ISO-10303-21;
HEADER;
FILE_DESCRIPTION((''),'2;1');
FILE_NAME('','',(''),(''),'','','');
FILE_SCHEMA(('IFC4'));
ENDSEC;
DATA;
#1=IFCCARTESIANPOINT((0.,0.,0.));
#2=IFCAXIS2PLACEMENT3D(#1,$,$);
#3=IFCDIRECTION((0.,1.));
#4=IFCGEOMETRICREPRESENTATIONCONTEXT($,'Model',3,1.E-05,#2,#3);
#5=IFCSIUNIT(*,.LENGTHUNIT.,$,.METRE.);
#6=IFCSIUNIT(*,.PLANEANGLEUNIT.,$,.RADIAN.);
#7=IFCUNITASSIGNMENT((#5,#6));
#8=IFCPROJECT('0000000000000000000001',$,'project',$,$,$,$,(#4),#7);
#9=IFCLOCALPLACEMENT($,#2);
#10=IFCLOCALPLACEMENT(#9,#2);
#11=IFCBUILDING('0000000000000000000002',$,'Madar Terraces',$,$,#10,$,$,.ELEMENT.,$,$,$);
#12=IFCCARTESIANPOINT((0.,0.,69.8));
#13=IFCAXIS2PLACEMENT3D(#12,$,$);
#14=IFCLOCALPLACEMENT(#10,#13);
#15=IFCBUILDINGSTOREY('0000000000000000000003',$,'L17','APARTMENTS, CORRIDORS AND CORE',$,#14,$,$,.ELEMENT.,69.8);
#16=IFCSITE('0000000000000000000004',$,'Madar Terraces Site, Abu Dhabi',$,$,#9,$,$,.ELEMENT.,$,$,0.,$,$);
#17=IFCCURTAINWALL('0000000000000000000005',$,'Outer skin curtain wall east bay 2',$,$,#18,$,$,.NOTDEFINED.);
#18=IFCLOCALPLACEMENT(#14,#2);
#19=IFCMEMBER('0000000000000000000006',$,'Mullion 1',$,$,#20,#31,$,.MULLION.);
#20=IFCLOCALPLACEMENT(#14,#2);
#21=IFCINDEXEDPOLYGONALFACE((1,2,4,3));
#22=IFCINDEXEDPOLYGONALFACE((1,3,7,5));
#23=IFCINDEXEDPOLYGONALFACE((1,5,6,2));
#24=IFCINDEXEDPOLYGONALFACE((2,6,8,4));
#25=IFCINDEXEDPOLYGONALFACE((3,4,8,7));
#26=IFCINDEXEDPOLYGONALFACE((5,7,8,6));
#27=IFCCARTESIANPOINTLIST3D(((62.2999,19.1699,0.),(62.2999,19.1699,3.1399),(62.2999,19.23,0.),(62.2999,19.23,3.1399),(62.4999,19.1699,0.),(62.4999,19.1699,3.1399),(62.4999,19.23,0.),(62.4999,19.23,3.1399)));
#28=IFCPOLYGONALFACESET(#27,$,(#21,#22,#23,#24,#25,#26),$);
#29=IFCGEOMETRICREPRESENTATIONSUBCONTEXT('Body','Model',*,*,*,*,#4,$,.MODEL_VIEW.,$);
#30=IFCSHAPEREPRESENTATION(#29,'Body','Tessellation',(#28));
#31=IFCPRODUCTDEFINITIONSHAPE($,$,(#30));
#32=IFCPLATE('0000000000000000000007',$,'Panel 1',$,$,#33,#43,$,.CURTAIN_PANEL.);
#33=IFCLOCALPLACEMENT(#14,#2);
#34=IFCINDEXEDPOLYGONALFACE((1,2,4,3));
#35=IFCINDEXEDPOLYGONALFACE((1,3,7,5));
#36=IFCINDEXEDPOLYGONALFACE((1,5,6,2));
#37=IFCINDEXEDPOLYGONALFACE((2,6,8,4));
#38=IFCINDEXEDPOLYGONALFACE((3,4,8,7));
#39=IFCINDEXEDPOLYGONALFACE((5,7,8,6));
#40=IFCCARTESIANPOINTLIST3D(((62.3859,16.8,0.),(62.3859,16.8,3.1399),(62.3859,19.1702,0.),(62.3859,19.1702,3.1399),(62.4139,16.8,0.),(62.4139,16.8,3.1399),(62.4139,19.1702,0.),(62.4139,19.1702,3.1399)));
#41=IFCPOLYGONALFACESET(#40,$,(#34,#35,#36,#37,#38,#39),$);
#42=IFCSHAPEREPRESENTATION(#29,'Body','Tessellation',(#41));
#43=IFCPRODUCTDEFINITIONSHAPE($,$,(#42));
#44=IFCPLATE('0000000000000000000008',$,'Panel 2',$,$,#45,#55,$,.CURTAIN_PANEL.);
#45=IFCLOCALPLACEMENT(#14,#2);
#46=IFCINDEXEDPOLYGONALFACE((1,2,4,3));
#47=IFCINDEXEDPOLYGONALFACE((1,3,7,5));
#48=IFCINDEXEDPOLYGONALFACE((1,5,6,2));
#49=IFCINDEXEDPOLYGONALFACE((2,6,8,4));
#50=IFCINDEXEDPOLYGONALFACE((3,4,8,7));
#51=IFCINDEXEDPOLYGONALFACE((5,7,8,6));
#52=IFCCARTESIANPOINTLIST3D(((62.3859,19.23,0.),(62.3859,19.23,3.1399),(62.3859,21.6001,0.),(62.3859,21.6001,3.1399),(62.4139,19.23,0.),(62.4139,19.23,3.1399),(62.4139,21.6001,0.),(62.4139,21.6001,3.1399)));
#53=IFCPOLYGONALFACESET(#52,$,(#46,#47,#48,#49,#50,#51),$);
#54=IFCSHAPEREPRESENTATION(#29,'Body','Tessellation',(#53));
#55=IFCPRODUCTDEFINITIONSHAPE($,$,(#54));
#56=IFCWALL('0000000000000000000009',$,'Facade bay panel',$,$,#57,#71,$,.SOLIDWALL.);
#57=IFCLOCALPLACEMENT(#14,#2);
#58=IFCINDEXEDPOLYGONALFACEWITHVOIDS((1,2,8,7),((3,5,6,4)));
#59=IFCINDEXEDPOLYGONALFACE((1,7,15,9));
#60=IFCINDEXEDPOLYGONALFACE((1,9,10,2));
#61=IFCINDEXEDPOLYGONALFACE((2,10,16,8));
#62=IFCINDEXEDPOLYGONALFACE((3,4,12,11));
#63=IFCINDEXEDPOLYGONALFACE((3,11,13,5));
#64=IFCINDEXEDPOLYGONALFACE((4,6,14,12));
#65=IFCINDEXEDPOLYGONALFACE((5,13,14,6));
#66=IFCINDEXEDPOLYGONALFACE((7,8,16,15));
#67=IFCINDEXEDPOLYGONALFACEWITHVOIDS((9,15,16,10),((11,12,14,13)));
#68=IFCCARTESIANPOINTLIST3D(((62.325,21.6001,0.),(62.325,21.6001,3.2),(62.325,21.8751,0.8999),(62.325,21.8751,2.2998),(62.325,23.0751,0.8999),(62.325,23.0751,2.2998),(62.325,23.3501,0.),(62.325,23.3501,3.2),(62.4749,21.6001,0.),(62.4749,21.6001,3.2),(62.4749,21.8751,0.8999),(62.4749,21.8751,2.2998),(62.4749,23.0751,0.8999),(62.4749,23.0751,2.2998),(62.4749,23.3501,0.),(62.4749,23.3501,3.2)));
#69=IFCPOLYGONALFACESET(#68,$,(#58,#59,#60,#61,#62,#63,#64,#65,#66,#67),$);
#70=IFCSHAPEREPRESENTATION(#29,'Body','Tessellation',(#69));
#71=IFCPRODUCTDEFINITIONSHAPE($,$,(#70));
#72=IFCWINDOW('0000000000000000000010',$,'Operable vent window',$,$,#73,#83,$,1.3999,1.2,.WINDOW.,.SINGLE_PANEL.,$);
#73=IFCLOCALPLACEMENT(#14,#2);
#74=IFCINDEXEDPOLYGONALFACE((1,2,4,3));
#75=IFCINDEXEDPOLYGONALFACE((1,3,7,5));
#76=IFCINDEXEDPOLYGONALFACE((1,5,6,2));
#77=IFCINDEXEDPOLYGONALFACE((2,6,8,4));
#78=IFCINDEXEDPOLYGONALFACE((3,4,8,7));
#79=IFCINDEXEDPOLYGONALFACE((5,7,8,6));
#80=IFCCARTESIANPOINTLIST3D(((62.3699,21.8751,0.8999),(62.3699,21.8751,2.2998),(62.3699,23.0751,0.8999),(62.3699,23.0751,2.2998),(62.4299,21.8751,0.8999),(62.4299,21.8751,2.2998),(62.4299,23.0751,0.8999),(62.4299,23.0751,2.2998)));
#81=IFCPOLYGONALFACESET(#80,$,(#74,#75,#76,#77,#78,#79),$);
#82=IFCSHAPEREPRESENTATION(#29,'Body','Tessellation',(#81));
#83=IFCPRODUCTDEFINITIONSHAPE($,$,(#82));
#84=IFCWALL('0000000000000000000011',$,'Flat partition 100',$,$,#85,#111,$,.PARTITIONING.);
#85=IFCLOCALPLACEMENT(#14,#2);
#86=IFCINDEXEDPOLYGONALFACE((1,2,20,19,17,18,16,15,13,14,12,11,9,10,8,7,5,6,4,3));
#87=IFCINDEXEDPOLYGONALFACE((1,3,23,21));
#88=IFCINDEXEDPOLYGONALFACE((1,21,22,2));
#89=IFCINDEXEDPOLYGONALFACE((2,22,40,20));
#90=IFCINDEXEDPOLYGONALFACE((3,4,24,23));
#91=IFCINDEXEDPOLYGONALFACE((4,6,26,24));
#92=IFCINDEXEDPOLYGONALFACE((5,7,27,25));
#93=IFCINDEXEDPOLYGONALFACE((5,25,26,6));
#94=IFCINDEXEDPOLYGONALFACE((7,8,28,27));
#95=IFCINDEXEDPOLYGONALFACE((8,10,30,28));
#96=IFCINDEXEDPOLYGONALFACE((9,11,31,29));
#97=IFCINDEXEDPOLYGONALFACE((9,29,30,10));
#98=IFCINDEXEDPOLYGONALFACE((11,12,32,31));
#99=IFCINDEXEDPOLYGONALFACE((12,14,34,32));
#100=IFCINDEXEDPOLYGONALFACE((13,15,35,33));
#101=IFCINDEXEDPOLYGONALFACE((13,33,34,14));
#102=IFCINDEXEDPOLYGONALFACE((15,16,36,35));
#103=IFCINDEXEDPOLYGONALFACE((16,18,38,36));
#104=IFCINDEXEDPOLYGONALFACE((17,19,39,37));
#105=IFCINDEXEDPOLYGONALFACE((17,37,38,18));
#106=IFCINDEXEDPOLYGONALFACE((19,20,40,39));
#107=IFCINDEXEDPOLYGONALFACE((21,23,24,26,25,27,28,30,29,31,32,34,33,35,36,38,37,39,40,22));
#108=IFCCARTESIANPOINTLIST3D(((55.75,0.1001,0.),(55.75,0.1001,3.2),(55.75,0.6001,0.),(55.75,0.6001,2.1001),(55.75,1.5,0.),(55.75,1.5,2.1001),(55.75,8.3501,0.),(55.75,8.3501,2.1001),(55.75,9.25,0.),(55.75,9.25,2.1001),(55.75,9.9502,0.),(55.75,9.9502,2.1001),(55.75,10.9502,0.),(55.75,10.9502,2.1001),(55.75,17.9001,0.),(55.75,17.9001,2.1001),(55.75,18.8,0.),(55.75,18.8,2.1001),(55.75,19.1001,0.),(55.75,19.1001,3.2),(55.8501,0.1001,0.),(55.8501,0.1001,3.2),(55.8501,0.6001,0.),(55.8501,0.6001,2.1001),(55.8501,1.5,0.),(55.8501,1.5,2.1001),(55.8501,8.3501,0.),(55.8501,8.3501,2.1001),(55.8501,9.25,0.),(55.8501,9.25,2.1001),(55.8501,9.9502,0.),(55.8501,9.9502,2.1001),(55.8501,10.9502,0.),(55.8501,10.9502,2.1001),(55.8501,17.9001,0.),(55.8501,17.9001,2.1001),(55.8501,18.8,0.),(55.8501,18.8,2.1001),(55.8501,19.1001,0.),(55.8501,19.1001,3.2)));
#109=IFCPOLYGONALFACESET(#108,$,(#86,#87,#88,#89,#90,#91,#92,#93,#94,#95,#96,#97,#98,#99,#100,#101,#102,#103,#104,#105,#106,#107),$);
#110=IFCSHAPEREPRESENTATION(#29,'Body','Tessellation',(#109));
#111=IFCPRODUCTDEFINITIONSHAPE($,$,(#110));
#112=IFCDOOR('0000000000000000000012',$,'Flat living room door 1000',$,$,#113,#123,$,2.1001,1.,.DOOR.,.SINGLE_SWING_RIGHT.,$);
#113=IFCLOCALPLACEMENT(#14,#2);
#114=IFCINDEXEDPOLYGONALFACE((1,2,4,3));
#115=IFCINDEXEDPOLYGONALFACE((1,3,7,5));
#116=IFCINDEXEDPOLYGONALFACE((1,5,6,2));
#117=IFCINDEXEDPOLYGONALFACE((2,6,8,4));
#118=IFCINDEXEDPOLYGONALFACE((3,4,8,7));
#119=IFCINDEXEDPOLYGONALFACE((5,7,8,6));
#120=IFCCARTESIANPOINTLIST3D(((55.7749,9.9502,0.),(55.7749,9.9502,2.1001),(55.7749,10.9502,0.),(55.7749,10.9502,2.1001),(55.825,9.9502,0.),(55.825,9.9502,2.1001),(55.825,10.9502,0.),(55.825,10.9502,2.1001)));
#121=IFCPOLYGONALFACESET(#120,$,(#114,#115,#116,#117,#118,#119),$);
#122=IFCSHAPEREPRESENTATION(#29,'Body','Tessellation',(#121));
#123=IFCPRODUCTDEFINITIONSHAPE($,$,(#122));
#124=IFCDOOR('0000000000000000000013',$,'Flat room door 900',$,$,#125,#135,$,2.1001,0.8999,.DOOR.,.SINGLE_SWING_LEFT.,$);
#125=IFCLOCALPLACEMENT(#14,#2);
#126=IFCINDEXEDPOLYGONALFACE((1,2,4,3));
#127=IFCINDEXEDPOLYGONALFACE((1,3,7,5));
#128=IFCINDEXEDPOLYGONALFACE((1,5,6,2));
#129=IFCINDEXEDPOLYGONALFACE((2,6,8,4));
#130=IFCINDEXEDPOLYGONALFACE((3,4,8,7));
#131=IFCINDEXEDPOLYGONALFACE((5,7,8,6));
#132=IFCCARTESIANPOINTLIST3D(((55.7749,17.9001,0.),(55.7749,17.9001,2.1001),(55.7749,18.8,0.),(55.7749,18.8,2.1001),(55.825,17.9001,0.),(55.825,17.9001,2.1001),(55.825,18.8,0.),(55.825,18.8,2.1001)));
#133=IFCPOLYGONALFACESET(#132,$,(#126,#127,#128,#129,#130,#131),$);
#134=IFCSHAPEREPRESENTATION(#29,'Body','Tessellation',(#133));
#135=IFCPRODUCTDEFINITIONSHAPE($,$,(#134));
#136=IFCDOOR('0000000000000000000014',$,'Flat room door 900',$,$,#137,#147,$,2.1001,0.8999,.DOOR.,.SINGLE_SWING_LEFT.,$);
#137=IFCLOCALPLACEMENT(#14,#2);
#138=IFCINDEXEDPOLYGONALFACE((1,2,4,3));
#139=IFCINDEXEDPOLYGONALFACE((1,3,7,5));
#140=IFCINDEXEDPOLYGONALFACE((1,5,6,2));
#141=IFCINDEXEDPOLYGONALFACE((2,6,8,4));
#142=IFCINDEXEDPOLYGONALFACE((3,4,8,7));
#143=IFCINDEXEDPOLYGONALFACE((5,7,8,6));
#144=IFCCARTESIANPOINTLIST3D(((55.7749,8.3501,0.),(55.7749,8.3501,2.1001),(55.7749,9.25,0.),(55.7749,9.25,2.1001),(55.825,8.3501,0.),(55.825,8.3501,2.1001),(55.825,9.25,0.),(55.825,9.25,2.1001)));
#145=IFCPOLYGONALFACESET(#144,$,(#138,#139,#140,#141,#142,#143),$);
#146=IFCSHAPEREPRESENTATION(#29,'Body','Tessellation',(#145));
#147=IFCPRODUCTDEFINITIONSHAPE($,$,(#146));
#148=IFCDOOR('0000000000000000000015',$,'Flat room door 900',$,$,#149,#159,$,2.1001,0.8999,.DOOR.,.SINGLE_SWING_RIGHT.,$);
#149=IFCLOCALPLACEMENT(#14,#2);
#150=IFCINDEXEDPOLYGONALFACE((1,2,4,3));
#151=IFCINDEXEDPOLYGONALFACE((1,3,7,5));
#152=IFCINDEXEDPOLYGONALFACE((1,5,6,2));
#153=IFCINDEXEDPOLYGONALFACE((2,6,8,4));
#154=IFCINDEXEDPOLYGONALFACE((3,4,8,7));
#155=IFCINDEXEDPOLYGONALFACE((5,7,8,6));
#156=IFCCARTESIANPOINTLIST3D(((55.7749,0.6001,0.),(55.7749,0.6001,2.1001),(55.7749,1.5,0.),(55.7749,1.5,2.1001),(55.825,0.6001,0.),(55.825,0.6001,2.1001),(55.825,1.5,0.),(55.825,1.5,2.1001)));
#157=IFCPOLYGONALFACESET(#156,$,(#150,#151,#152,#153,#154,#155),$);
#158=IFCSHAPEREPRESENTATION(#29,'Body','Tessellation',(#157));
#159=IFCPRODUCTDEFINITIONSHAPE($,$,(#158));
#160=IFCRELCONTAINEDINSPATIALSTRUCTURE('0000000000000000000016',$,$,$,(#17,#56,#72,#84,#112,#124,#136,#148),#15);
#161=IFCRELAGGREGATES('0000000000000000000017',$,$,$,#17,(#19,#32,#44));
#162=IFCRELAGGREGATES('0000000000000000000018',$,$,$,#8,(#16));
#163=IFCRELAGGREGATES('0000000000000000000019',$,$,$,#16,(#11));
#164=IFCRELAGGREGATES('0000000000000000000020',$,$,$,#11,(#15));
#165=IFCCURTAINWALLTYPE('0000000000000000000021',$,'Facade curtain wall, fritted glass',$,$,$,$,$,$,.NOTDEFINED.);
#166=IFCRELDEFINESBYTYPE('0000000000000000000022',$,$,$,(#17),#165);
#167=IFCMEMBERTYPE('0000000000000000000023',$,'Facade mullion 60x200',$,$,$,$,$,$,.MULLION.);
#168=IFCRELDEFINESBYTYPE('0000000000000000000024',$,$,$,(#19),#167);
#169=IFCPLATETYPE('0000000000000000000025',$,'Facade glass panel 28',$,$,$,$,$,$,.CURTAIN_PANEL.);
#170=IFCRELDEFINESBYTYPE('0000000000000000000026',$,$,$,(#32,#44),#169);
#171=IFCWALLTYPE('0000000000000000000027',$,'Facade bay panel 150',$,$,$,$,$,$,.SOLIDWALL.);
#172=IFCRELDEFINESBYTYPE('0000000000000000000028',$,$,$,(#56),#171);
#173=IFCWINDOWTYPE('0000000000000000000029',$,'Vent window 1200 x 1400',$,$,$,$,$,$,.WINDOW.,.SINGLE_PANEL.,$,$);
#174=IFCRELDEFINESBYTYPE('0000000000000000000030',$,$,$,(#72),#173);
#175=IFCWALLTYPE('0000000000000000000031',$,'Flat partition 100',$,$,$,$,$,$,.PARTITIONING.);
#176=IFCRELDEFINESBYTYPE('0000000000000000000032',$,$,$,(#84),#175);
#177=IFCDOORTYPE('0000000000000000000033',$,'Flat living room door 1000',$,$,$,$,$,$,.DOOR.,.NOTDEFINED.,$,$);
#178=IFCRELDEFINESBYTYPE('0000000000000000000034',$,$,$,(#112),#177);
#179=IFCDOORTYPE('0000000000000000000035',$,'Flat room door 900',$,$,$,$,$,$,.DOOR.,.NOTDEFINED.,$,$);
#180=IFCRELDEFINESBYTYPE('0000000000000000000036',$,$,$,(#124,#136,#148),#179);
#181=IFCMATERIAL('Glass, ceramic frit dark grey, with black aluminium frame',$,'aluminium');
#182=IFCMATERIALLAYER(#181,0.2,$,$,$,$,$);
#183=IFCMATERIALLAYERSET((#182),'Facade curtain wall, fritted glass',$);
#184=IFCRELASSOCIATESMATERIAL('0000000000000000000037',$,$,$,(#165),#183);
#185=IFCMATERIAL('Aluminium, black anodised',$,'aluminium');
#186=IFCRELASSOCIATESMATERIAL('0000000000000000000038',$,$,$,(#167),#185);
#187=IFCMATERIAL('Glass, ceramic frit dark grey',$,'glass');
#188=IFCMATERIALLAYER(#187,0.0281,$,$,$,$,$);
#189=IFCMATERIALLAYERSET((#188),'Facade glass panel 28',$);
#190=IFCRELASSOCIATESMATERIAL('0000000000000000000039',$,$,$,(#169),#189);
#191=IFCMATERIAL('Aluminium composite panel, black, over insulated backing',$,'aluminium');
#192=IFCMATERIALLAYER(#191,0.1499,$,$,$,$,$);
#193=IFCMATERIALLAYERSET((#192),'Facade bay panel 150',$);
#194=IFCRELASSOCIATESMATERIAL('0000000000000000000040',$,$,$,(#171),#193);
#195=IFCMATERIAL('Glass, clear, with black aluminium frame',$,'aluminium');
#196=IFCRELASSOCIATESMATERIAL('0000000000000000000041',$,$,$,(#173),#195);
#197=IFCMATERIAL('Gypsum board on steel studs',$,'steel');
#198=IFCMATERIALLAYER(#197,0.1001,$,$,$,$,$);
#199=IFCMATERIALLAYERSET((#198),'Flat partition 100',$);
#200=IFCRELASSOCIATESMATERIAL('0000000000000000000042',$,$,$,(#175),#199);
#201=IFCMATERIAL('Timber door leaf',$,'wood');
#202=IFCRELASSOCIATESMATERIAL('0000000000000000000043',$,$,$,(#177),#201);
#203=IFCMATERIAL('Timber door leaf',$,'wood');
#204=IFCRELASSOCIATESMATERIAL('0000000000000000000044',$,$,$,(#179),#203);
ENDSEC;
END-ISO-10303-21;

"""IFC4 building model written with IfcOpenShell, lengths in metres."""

from ifc_helpers import new_model, si_unit, direction, frame, frame_2d, origin, origin_2d, place, context, subcontext, project, spatial, rectangle, extrude, material, layer, layer_set, material_profile, profile_set, type_object, element, fill, aggregate, save


model = new_model("IFC4")

# Units and contexts
model_context = context("Model", 3, precision=1e-05, world=origin(), true_north=direction((0.0, 1.0)))
body_context = subcontext(model_context, "Body", "Model", "MODEL_VIEW")
ifc_project = project(units=[si_unit("LENGTHUNIT", "METRE"), si_unit("PLANEANGLEUNIT", "RADIAN")], contexts=[model_context])

# Site, building, storey
site_placement = place(None, origin())
site = spatial("IfcSite", under=ifc_project, at=site_placement, Name="Madar Terraces Site, Abu Dhabi", CompositionType="ELEMENT", RefElevation=0.0)
building_placement = place(site_placement, origin())
building = spatial("IfcBuilding", under=site, at=building_placement, Name="Madar Terraces", CompositionType="ELEMENT")
storey_placement = place(building_placement, frame((0.0, 0.0, 69.8)))
storey = spatial("IfcBuildingStorey", under=building, at=storey_placement, Name="L17", Description="APARTMENTS, CORRIDORS AND CORE", CompositionType="ELEMENT", Elevation=69.8)

# Curtain wall, member, plates
ifc_material_1 = material(Name="Glass, ceramic frit dark grey, with black aluminium frame", Category="aluminium")
ifc_layer_1 = layer(ifc_material_1, 0.2)
ifc_layer_set_1 = layer_set([ifc_layer_1], Name="Facade curtain wall, fritted glass")
curtain_wall_type = type_object("IfcCurtainWallType", Name="Facade curtain wall, fritted glass", PredefinedType="NOTDEFINED", material=ifc_layer_set_1)
curtain_wall_placement = place(storey_placement, origin())
curtain_wall = element("IfcCurtainWall", 1, at=curtain_wall_placement, inside=storey, type_object=curtain_wall_type, Name="Outer skin curtain wall east bay 2", PredefinedType="NOTDEFINED")
ifc_material_2 = material(Name="Aluminium, black anodised", Category="aluminium")
ifc_material_profile = material_profile(ifc_material_2, rectangle(XDim=0.2, YDim=0.0601, at=origin_2d()), Name="Facade mullion 60x200")
ifc_profile_set = profile_set([ifc_material_profile], Name="Aluminium, black anodised")
member_type = type_object("IfcMemberType", Name="Facade mullion 60x200", PredefinedType="MULLION", material=ifc_profile_set)
member_placement = place(storey_placement, frame((62.3999, 19.2, 0.0), z_axis=(0.0, 0.0, 1.0), x_axis=(-1.0, 0.0, 0.0)))
member = element("IfcMember", 2, at=member_placement, type_object=member_type, Name="Mullion 1", PredefinedType="MULLION", context=body_context, shape_type="SweptSolid", body=[
    extrude(rectangle(XDim=0.2, YDim=0.0601, at=origin_2d()), origin(), (0.0, 0.0, 1.0), 3.1399),
])
ifc_material_3 = material(Name="Glass, ceramic frit dark grey", Category="glass")
ifc_layer_2 = layer(ifc_material_3, 0.0281)
ifc_layer_set_2 = layer_set([ifc_layer_2], Name="Facade glass panel 28")
plate_type = type_object("IfcPlateType", Name="Facade glass panel 28", PredefinedType="CURTAIN_PANEL", material=ifc_layer_set_2)
plate_1_placement = place(storey_placement, frame((62.3999, 17.9851, 0.0), z_axis=(0.0, 0.0, 1.0), x_axis=(0.0, 1.0, 0.0)))
plate_1 = element("IfcPlate", 3, at=plate_1_placement, type_object=plate_type, Name="Panel 1", PredefinedType="CURTAIN_PANEL", context=body_context, shape_type="SweptSolid", body=[
    extrude(rectangle(XDim=2.3701, YDim=0.0281, at=origin_2d()), origin(), (0.0, 0.0, 1.0), 3.1399),
])
plate_2_placement = place(storey_placement, frame((62.3999, 20.415, 0.0), z_axis=(0.0, 0.0, 1.0), x_axis=(0.0, 1.0, 0.0)))
plate_2 = element("IfcPlate", 4, at=plate_2_placement, type_object=plate_type, Name="Panel 2", PredefinedType="CURTAIN_PANEL", context=body_context, shape_type="SweptSolid", body=[
    extrude(rectangle(XDim=2.3701, YDim=0.0281, at=origin_2d()), origin(), (0.0, 0.0, 1.0), 3.1399),
])
aggregate(curtain_wall, [member, plate_1, plate_2])

# Wall, opening, window
ifc_material_4 = material(Name="Aluminium composite panel, black, over insulated backing", Category="aluminium")
ifc_layer_3 = layer(ifc_material_4, 0.1499)
ifc_layer_set_3 = layer_set([ifc_layer_3], Name="Facade bay panel 150")
wall_type_1 = type_object("IfcWallType", Name="Facade bay panel 150", PredefinedType="SOLIDWALL", material=ifc_layer_set_3)
wall_1_placement = place(storey_placement, frame((62.3999, 21.6001, 0.0), z_axis=(0.0, 0.0, 1.0), x_axis=(0.0, 1.0, 0.0)))
wall_1 = element("IfcWall", 5, at=wall_1_placement, inside=storey, type_object=wall_type_1, Name="Facade bay panel", PredefinedType="SOLIDWALL", context=body_context, shape_type="SweptSolid", body=[
    extrude(rectangle(XDim=1.75, YDim=0.1499, at=frame_2d((0.875, 0.0))), origin(), (0.0, 0.0, 1.0), 3.2),
])
opening_1_placement = place(wall_1_placement, frame((0.2749, 0.0, 0.8999)))
opening_1 = element("IfcOpeningElement", 6, at=opening_1_placement, cuts=wall_1, PredefinedType="OPENING", context=body_context, shape_type="SweptSolid", body=[
    extrude(rectangle(XDim=1.2, YDim=1.3999, at=frame_2d((0.6001, 0.7))), frame((0.0, 0.085, 0.0), z_axis=(0.0, -1.0, 0.0), x_axis=(1.0, 0.0, 0.0)), (0.0, 0.0, 1.0), 0.1699),
])
ifc_material_5 = material(Name="Glass, clear, with black aluminium frame", Category="aluminium")
window_type = type_object("IfcWindowType", Name="Vent window 1200 x 1400", PartitioningType="SINGLE_PANEL", PredefinedType="WINDOW", material=ifc_material_5)
window_placement = place(opening_1_placement, origin())
window = element("IfcWindow", 7, at=window_placement, inside=storey, type_object=window_type, Name="Operable vent window", OverallHeight=1.3999, OverallWidth=1.2, PartitioningType="SINGLE_PANEL", PredefinedType="WINDOW", context=body_context, shape_type="SweptSolid", body=[
    extrude(rectangle(XDim=1.2, YDim=1.3999, at=frame_2d((0.6001, 0.7))), frame((0.0, 0.03, 0.0), z_axis=(0.0, -1.0, 0.0), x_axis=(1.0, 0.0, 0.0)), (0.0, 0.0, 1.0), 0.0601),
])
fill(opening_1, window)

# Wall, openings, doors
ifc_material_6 = material(Name="Gypsum board on steel studs", Category="steel")
ifc_layer_4 = layer(ifc_material_6, 0.1001)
ifc_layer_set_4 = layer_set([ifc_layer_4], Name="Flat partition 100")
wall_type_2 = type_object("IfcWallType", Name="Flat partition 100", PredefinedType="PARTITIONING", material=ifc_layer_set_4)
wall_2_placement = place(storey_placement, frame((55.8, 19.1001, 0.0), z_axis=(0.0, 0.0, 1.0), x_axis=(0.0, -1.0, 0.0)))
wall_2 = element("IfcWall", 8, at=wall_2_placement, inside=storey, type_object=wall_type_2, Name="Flat partition 100", PredefinedType="PARTITIONING", context=body_context, shape_type="SweptSolid", body=[
    extrude(rectangle(XDim=19.0, YDim=0.1001, at=frame_2d((9.5, 0.0))), origin(), (0.0, 0.0, 1.0), 3.2),
])
opening_2_placement = place(wall_2_placement, frame((0.3, 0.0, 0.0)))
opening_2 = element("IfcOpeningElement", 9, at=opening_2_placement, cuts=wall_2, PredefinedType="OPENING", context=body_context, shape_type="SweptSolid", body=[
    extrude(rectangle(XDim=0.8999, YDim=2.1001, at=frame_2d((0.45, 1.05))), frame((0.0, 0.0601, 0.0), z_axis=(0.0, -1.0, 0.0), x_axis=(1.0, 0.0, 0.0)), (0.0, 0.0, 1.0), 0.1201),
])
opening_3_placement = place(wall_2_placement, frame((8.1499, 0.0, 0.0)))
opening_3 = element("IfcOpeningElement", 10, at=opening_3_placement, cuts=wall_2, PredefinedType="OPENING", context=body_context, shape_type="SweptSolid", body=[
    extrude(rectangle(XDim=1.0, YDim=2.1001, at=frame_2d((0.5, 1.05))), frame((0.0, 0.0601, 0.0), z_axis=(0.0, -1.0, 0.0), x_axis=(1.0, 0.0, 0.0)), (0.0, 0.0, 1.0), 0.1201),
])
opening_4_placement = place(wall_2_placement, frame((9.8501, 0.0, 0.0)))
opening_4 = element("IfcOpeningElement", 11, at=opening_4_placement, cuts=wall_2, PredefinedType="OPENING", context=body_context, shape_type="SweptSolid", body=[
    extrude(rectangle(XDim=0.8999, YDim=2.1001, at=frame_2d((0.45, 1.05))), frame((0.0, 0.0601, 0.0), z_axis=(0.0, -1.0, 0.0), x_axis=(1.0, 0.0, 0.0)), (0.0, 0.0, 1.0), 0.1201),
])
opening_5_placement = place(wall_2_placement, frame((17.6001, 0.0, 0.0)))
opening_5 = element("IfcOpeningElement", 12, at=opening_5_placement, cuts=wall_2, PredefinedType="OPENING", context=body_context, shape_type="SweptSolid", body=[
    extrude(rectangle(XDim=0.8999, YDim=2.1001, at=frame_2d((0.45, 1.05))), frame((0.0, 0.0601, 0.0), z_axis=(0.0, -1.0, 0.0), x_axis=(1.0, 0.0, 0.0)), (0.0, 0.0, 1.0), 0.1201),
])
ifc_material_7 = material(Name="Timber door leaf", Category="wood")
door_type_1 = type_object("IfcDoorType", Name="Flat living room door 1000", OperationType="NOTDEFINED", PredefinedType="DOOR", material=ifc_material_7)
door_1_placement = place(opening_3_placement, origin())
door_1 = element("IfcDoor", 13, at=door_1_placement, inside=storey, type_object=door_type_1, Name="Flat living room door 1000", OperationType="SINGLE_SWING_RIGHT", OverallHeight=2.1001, OverallWidth=1.0, PredefinedType="DOOR", context=body_context, shape_type="SweptSolid", body=[
    extrude(rectangle(XDim=1.0, YDim=2.1001, at=frame_2d((0.5, 1.05))), frame((0.0, 0.0249, 0.0), z_axis=(0.0, -1.0, 0.0), x_axis=(1.0, 0.0, 0.0)), (0.0, 0.0, 1.0), 0.05),
])
fill(opening_3, door_1)
ifc_material_8 = material(Name="Timber door leaf", Category="wood")
door_type_2 = type_object("IfcDoorType", Name="Flat room door 900", OperationType="NOTDEFINED", PredefinedType="DOOR", material=ifc_material_8)
door_2_placement = place(opening_2_placement, origin())
door_2 = element("IfcDoor", 14, at=door_2_placement, inside=storey, type_object=door_type_2, Name="Flat room door 900", OperationType="SINGLE_SWING_LEFT", OverallHeight=2.1001, OverallWidth=0.8999, PredefinedType="DOOR", context=body_context, shape_type="SweptSolid", body=[
    extrude(rectangle(XDim=0.8999, YDim=2.1001, at=frame_2d((0.45, 1.05))), frame((0.0, 0.0249, 0.0), z_axis=(0.0, -1.0, 0.0), x_axis=(1.0, 0.0, 0.0)), (0.0, 0.0, 1.0), 0.05),
])
fill(opening_2, door_2)
door_3_placement = place(opening_4_placement, origin())
door_3 = element("IfcDoor", 15, at=door_3_placement, inside=storey, type_object=door_type_2, Name="Flat room door 900", OperationType="SINGLE_SWING_LEFT", OverallHeight=2.1001, OverallWidth=0.8999, PredefinedType="DOOR", context=body_context, shape_type="SweptSolid", body=[
    extrude(rectangle(XDim=0.8999, YDim=2.1001, at=frame_2d((0.45, 1.05))), frame((0.0, 0.0249, 0.0), z_axis=(0.0, -1.0, 0.0), x_axis=(1.0, 0.0, 0.0)), (0.0, 0.0, 1.0), 0.05),
])
fill(opening_4, door_3)
door_4_placement = place(opening_5_placement, origin())
door_4 = element("IfcDoor", 16, at=door_4_placement, inside=storey, type_object=door_type_2, Name="Flat room door 900", OperationType="SINGLE_SWING_RIGHT", OverallHeight=2.1001, OverallWidth=0.8999, PredefinedType="DOOR", context=body_context, shape_type="SweptSolid", body=[
    extrude(rectangle(XDim=0.8999, YDim=2.1001, at=frame_2d((0.45, 1.05))), frame((0.0, 0.0249, 0.0), z_axis=(0.0, -1.0, 0.0), x_axis=(1.0, 0.0, 0.0)), (0.0, 0.0, 1.0), 0.05),
])
fill(opening_5, door_4)

save(model, "model.ifc")
